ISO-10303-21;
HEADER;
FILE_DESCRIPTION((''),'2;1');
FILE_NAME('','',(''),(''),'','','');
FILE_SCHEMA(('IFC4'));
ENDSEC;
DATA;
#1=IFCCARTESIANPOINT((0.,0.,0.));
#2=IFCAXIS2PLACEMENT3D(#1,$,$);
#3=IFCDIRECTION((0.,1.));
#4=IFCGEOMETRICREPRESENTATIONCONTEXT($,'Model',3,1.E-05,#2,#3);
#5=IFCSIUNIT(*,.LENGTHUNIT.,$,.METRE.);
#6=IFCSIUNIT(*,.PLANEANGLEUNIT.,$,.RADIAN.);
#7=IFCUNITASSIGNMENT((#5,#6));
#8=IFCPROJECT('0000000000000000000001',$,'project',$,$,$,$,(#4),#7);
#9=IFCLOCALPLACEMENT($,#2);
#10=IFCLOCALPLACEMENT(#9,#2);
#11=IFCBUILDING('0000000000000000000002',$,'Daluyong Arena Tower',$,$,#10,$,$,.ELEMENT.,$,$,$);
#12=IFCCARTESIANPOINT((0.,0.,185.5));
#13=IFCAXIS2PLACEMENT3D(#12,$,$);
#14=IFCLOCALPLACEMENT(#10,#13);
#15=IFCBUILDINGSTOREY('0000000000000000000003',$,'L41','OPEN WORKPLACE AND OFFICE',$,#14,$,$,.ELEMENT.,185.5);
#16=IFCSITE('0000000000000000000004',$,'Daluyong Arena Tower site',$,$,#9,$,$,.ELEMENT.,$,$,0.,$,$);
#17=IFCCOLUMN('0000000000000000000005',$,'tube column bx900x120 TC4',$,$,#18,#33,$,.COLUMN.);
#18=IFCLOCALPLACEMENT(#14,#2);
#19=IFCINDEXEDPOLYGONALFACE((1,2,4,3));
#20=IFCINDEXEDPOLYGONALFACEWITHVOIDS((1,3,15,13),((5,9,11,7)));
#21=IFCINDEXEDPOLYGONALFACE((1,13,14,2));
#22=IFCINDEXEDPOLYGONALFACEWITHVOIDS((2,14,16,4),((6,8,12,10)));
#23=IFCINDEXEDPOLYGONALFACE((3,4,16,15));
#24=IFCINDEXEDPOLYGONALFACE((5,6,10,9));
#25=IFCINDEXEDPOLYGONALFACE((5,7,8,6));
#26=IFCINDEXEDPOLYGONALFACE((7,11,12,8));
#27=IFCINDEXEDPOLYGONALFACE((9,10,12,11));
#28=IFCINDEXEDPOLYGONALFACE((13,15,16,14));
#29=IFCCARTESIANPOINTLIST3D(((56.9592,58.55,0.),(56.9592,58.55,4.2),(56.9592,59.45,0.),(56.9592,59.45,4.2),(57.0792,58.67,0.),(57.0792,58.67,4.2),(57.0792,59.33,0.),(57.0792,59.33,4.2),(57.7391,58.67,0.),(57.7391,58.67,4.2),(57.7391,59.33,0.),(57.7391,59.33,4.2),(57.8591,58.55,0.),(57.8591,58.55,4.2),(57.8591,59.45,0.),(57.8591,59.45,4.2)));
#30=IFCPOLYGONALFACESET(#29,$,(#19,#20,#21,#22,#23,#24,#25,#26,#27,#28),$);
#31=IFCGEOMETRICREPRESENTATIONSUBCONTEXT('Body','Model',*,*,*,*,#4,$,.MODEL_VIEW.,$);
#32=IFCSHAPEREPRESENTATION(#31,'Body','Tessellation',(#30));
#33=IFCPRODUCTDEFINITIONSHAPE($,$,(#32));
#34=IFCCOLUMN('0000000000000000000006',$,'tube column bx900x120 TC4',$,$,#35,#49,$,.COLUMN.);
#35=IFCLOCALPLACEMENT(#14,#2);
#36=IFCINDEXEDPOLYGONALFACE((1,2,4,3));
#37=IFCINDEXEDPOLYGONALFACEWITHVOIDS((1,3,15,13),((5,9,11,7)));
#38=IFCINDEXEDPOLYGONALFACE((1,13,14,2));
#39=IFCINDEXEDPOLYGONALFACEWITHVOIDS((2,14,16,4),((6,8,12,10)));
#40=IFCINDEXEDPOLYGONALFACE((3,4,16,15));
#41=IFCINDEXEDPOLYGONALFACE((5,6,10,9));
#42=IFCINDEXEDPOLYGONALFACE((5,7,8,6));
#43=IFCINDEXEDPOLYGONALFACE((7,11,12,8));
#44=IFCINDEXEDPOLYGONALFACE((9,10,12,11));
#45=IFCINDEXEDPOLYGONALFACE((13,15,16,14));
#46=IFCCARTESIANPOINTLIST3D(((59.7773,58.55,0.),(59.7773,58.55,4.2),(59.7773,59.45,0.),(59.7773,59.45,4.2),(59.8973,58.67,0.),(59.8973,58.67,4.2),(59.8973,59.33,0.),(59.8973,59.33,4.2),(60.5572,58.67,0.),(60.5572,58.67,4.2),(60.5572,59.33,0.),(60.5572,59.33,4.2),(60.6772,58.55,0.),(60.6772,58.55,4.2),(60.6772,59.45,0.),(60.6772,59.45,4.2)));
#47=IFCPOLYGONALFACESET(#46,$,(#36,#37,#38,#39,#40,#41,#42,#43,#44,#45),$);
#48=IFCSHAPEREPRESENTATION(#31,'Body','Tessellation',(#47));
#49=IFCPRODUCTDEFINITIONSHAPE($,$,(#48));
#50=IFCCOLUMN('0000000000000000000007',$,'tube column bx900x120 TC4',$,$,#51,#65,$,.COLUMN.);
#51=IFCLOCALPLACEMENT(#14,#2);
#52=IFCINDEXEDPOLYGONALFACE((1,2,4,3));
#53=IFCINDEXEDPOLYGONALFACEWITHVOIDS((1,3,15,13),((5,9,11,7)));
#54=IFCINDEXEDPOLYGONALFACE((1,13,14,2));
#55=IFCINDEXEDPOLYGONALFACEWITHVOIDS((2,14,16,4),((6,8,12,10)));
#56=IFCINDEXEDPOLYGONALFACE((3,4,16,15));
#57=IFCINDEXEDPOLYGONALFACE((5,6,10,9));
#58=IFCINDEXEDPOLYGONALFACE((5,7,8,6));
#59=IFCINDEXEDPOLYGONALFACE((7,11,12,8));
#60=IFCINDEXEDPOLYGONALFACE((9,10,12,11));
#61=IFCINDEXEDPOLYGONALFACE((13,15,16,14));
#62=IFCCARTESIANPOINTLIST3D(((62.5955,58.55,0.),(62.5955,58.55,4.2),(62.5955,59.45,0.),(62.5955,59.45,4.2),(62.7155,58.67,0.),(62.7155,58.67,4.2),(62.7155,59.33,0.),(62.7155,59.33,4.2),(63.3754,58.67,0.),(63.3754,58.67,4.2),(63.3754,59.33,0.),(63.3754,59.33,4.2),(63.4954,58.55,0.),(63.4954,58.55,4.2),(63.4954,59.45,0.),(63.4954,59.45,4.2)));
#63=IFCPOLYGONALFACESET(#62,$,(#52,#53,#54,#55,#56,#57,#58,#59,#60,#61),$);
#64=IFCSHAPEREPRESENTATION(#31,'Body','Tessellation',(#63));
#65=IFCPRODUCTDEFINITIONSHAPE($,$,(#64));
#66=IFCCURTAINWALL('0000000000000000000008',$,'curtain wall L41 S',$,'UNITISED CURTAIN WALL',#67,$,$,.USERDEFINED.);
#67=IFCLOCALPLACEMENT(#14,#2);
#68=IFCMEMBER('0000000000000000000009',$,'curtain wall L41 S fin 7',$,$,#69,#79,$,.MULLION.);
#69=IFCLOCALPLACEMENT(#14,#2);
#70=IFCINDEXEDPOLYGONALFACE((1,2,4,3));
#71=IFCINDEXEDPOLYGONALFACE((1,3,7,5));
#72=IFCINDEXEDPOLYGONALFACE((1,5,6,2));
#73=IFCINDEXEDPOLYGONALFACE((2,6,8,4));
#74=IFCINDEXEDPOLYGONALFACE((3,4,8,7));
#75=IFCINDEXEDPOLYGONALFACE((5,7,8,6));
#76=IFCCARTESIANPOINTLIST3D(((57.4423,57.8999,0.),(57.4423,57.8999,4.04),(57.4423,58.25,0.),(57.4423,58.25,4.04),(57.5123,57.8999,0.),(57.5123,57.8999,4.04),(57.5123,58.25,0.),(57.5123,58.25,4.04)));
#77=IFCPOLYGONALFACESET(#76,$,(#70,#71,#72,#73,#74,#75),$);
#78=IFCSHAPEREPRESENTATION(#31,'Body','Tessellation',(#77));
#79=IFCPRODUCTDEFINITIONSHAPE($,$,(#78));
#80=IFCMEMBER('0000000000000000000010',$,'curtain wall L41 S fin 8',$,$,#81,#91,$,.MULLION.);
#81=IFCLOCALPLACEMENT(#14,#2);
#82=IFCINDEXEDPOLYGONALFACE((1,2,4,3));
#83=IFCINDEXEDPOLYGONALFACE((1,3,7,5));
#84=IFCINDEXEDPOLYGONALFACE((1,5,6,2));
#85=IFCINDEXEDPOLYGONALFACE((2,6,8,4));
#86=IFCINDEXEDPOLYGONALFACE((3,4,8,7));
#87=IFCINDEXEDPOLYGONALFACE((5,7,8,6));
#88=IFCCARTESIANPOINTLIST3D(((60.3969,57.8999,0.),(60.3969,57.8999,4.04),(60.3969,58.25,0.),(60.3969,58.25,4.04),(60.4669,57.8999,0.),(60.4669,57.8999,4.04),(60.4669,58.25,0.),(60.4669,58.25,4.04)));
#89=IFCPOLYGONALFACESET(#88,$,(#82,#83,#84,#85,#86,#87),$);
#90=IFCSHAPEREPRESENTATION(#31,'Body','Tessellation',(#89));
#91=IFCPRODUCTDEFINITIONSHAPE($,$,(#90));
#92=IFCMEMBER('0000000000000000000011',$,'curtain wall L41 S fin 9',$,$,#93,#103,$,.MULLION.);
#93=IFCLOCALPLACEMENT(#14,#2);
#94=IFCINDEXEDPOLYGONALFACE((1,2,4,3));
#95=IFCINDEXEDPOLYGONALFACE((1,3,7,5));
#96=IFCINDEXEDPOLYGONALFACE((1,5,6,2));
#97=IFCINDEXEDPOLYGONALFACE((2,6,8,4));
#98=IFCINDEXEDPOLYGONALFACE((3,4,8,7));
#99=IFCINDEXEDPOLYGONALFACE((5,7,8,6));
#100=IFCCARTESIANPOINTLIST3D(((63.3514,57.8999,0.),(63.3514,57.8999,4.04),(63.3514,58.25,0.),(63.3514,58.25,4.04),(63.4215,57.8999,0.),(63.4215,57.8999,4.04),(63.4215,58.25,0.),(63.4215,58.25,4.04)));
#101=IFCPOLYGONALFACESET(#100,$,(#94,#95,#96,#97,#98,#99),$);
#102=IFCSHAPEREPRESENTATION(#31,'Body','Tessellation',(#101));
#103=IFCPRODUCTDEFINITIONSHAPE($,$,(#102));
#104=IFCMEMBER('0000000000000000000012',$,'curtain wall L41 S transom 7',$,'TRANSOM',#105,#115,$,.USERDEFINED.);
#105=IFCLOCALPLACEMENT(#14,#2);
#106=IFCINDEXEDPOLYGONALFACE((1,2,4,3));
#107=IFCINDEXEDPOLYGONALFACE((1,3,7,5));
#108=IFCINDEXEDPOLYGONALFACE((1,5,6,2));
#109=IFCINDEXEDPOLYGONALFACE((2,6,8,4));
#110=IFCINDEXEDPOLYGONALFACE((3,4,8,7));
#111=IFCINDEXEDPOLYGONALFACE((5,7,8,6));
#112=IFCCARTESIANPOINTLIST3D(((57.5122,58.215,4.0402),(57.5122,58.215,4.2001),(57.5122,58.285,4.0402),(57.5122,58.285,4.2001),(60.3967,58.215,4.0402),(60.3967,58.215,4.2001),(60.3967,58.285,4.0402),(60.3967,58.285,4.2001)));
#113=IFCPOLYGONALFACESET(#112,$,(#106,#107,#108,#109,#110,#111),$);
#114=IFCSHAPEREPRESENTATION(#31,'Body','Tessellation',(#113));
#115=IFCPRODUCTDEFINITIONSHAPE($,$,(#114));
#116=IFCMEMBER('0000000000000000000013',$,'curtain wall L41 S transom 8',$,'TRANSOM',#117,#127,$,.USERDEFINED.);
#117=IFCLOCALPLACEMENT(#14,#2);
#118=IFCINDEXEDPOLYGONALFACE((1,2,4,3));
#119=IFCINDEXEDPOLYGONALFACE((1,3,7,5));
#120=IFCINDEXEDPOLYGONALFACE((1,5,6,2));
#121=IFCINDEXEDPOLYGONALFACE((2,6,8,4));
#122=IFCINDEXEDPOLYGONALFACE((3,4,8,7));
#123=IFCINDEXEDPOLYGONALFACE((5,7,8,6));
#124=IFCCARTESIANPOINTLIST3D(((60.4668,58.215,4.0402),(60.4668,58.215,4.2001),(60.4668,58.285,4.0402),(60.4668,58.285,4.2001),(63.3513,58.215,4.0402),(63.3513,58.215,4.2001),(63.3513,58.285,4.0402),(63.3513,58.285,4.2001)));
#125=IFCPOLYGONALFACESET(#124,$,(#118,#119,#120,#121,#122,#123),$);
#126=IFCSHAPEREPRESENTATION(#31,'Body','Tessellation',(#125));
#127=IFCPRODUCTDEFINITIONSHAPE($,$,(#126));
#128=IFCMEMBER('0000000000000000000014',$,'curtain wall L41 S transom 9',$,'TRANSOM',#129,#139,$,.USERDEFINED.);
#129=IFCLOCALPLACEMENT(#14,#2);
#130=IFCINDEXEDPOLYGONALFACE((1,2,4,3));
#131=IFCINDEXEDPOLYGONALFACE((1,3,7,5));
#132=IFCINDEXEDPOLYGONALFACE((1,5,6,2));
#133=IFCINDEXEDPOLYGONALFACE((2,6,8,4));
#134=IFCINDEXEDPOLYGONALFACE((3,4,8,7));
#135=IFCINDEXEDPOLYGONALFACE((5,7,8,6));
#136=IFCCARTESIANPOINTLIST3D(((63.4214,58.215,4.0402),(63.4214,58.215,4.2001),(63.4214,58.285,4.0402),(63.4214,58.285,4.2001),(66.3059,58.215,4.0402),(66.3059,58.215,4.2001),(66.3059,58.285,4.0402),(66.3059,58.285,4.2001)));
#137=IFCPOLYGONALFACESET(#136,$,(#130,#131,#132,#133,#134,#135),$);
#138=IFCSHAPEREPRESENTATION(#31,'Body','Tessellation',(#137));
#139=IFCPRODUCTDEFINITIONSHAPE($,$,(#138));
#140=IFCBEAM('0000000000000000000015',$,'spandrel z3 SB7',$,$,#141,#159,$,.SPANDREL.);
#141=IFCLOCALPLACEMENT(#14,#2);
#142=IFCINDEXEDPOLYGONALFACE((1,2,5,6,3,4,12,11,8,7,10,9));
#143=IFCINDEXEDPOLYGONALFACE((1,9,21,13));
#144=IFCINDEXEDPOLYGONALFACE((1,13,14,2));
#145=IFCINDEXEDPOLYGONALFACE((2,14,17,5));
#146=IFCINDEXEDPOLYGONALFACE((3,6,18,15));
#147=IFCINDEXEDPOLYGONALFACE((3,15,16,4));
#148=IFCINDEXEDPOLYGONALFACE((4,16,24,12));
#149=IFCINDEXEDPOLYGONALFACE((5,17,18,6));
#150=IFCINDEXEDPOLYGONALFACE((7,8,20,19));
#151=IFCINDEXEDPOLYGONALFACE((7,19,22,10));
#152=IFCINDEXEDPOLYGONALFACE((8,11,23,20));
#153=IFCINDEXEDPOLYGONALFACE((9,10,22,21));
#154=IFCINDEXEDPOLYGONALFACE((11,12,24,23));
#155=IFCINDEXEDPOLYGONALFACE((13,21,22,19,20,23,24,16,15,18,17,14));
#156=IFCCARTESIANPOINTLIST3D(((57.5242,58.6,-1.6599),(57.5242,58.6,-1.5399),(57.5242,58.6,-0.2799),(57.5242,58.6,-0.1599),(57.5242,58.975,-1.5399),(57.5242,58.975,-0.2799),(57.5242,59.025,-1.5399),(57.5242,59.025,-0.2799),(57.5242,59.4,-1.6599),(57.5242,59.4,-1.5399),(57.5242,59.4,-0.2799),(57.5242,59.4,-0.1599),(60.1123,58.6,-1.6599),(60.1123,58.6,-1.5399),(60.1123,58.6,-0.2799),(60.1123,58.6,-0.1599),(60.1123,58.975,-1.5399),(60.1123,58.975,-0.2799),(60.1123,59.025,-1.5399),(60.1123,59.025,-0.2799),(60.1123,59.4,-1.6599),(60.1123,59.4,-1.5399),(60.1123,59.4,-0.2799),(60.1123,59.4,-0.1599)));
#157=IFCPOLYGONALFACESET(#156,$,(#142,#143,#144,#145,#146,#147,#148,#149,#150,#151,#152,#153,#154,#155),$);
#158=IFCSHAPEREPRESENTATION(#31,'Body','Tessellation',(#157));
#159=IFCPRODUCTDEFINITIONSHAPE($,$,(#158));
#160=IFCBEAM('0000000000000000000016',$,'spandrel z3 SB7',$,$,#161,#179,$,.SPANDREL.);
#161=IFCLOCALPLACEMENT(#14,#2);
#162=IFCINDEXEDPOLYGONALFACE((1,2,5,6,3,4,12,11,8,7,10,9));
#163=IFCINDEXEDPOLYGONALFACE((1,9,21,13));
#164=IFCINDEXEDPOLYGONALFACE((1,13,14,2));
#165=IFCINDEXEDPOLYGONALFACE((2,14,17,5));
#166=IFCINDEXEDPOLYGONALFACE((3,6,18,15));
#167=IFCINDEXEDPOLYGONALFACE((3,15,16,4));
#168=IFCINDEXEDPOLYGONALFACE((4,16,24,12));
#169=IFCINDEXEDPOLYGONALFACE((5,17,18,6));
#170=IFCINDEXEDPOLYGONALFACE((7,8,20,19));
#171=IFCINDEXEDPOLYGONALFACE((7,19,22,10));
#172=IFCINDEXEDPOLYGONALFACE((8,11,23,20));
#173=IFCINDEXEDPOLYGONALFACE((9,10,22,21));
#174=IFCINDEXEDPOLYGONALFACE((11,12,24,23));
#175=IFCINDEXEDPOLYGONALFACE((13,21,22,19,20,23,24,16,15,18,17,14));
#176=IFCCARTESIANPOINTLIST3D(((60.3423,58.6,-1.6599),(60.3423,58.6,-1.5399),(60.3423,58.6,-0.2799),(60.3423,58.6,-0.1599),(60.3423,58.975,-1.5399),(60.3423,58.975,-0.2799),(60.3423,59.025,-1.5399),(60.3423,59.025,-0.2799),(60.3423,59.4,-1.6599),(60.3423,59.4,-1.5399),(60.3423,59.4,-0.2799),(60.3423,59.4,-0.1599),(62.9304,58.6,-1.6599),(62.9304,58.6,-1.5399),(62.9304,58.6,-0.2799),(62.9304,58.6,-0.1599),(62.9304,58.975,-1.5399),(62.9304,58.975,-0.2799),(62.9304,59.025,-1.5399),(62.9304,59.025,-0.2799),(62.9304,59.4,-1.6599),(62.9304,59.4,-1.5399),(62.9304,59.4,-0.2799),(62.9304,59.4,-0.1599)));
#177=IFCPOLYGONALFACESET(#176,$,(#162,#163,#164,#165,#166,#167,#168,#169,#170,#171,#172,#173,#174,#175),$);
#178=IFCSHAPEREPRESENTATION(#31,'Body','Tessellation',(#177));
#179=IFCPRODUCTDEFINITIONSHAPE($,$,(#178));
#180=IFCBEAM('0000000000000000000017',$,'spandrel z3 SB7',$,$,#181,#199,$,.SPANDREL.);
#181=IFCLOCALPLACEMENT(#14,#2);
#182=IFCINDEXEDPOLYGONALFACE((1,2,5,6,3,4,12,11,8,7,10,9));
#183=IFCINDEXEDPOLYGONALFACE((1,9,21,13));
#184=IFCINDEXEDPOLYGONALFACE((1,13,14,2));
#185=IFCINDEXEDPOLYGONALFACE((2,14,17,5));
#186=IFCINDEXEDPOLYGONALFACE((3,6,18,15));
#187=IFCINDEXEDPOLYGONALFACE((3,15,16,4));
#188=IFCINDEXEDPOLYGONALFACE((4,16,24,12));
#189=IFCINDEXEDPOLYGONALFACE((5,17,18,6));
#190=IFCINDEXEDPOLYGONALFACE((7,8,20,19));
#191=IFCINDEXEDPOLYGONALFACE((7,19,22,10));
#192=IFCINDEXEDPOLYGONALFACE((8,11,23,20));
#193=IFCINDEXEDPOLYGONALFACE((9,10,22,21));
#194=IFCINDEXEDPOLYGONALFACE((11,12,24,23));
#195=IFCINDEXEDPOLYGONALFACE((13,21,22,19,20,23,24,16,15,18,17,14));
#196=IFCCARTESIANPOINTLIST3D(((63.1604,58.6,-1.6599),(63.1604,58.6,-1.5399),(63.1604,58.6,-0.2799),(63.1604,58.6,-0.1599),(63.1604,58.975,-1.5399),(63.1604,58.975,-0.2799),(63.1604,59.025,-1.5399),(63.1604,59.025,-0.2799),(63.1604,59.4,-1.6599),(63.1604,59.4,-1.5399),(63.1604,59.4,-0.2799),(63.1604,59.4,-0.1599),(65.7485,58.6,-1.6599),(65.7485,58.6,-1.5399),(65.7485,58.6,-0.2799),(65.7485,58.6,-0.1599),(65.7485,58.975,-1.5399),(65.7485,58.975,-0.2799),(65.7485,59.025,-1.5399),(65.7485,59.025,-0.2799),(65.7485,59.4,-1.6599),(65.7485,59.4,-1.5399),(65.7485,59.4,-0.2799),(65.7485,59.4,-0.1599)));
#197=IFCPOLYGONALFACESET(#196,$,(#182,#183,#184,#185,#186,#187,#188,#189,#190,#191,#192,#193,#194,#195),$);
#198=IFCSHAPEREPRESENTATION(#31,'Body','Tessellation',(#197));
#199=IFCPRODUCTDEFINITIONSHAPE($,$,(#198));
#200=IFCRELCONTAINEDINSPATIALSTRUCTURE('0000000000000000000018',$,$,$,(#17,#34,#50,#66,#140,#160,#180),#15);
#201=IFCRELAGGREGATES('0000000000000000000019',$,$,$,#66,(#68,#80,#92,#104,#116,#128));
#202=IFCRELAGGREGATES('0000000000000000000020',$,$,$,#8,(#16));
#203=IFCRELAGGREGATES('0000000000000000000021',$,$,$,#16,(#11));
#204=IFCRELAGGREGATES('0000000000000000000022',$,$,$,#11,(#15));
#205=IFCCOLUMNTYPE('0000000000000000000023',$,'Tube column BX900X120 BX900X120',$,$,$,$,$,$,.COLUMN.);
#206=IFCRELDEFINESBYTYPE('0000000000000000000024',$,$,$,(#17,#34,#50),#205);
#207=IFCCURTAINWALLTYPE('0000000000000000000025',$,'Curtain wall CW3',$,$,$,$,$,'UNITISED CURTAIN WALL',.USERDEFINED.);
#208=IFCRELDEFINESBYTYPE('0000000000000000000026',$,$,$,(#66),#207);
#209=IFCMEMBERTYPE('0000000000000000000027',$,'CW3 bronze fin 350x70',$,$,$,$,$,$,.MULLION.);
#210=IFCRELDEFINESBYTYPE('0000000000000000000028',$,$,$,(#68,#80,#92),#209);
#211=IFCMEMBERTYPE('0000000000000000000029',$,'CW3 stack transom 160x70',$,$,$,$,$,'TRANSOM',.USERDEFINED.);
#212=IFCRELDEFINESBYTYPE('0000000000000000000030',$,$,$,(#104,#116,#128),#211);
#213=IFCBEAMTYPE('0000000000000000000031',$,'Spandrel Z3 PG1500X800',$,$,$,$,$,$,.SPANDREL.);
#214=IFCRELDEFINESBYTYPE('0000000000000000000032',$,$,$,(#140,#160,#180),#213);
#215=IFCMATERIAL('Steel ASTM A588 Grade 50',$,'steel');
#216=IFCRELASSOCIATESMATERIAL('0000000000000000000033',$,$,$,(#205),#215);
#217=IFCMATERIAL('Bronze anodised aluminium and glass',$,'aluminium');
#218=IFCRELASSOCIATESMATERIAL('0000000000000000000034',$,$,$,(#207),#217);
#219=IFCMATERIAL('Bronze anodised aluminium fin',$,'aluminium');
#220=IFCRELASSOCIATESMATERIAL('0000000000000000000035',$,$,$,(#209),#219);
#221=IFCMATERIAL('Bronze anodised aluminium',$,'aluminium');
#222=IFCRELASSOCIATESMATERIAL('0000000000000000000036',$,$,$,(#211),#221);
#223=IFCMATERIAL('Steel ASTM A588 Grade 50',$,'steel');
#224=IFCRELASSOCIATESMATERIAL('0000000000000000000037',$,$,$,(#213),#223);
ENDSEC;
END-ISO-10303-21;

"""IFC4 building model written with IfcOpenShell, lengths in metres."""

from ifc_helpers import new_model, si_unit, direction, frame, origin, origin_2d, place, context, subcontext, project, spatial, rectangle, hollow_rectangle, i_section, extrude, material, material_profile, profile_set, type_object, element, aggregate, save


model = new_model("IFC4")

# Units and contexts
model_context = context("Model", 3, precision=1e-05, world=origin(), true_north=direction((0.0, 1.0)))
body_context = subcontext(model_context, "Body", "Model", "MODEL_VIEW")
ifc_project = project(units=[si_unit("LENGTHUNIT", "METRE"), si_unit("PLANEANGLEUNIT", "RADIAN")], contexts=[model_context])

# Site, building, storey
site_placement = place(None, origin())
site = spatial("IfcSite", under=ifc_project, at=site_placement, Name="Daluyong Arena Tower site", CompositionType="ELEMENT", RefElevation=0.0)
building_placement = place(site_placement, origin())
building = spatial("IfcBuilding", under=site, at=building_placement, Name="Daluyong Arena Tower", CompositionType="ELEMENT")
storey_placement = place(building_placement, frame((0.0, 0.0, 185.5)))
storey = spatial("IfcBuildingStorey", under=building, at=storey_placement, Name="L41", Description="OPEN WORKPLACE AND OFFICE", CompositionType="ELEMENT", Elevation=185.5)

# Columns
ifc_material_1 = material(Name="Steel ASTM A588 Grade 50", Category="steel")
ifc_material_profile_1 = material_profile(ifc_material_1, hollow_rectangle(XDim=0.8999, YDim=0.8999, WallThickness=0.12, at=origin_2d()))
ifc_profile_set_1 = profile_set([ifc_material_profile_1], Name="Steel ASTM A588 Grade 50")
column_type = type_object("IfcColumnType", Name="Tube column BX900X120 BX900X120", PredefinedType="COLUMN", material=ifc_profile_set_1)
for number, where, z_axis, x_axis, name in (
    (1, (57.4092, 59.0, 0.0), (0.0, 0.0, 1.0), (1.0, 0.0, 0.0), "tube column bx900x120 TC4"),
    (2, (60.2273, 59.0, 0.0), (0.0, 0.0, 1.0), (1.0, 0.0, 0.0), "tube column bx900x120 TC4"),
    (3, (63.0454, 59.0, 0.0), (0.0, 0.0, 1.0), (1.0, 0.0, 0.0), "tube column bx900x120 TC4"),
):
    element("IfcColumn", number, at=place(storey_placement, frame(where, z_axis=z_axis, x_axis=x_axis)), inside=storey, type_object=column_type, Name=name, PredefinedType="COLUMN", context=body_context, shape_type="SweptSolid", body=[
        extrude(hollow_rectangle(XDim=0.8999, YDim=0.8999, WallThickness=0.12, at=origin_2d()), origin(), (0.0, 0.0, 1.0), 4.2),
    ])

# Curtain wall, members
ifc_material_2 = material(Name="Bronze anodised aluminium and glass", Category="aluminium")
curtain_wall_type = type_object("IfcCurtainWallType", Name="Curtain wall CW3", ElementType="UNITISED CURTAIN WALL", PredefinedType="USERDEFINED", material=ifc_material_2)
curtain_wall_placement = place(storey_placement, origin())
curtain_wall = element("IfcCurtainWall", 4, at=curtain_wall_placement, inside=storey, type_object=curtain_wall_type, Name="curtain wall L41 S", ObjectType="UNITISED CURTAIN WALL", PredefinedType="USERDEFINED")
ifc_material_3 = material(Name="Bronze anodised aluminium fin", Category="aluminium")
ifc_material_profile_2 = material_profile(ifc_material_3, rectangle(XDim=0.3501, YDim=0.0701, at=origin_2d()))
ifc_profile_set_2 = profile_set([ifc_material_profile_2], Name="Bronze anodised aluminium fin")
member_type_1 = type_object("IfcMemberType", Name="CW3 bronze fin 350x70", PredefinedType="MULLION", material=ifc_profile_set_2)
member_1_placement = place(storey_placement, frame((57.4773, 58.075, 0.0), z_axis=(0.0, 0.0, 1.0), x_axis=(0.0, 1.0, 0.0)))
member_1 = element("IfcMember", 5, at=member_1_placement, type_object=member_type_1, Name="curtain wall L41 S fin 7", PredefinedType="MULLION", context=body_context, shape_type="SweptSolid", body=[
    extrude(rectangle(XDim=0.3501, YDim=0.0701, at=origin_2d()), origin(), (0.0, 0.0, 1.0), 4.04),
])
member_2_placement = place(storey_placement, frame((60.4319, 58.075, 0.0), z_axis=(0.0, 0.0, 1.0), x_axis=(0.0, 1.0, 0.0)))
member_2 = element("IfcMember", 6, at=member_2_placement, type_object=member_type_1, Name="curtain wall L41 S fin 8", PredefinedType="MULLION", context=body_context, shape_type="SweptSolid", body=[
    extrude(rectangle(XDim=0.3501, YDim=0.0701, at=origin_2d()), origin(), (0.0, 0.0, 1.0), 4.04),
])
member_3_placement = place(storey_placement, frame((63.3865, 58.075, 0.0), z_axis=(0.0, 0.0, 1.0), x_axis=(0.0, 1.0, 0.0)))
member_3 = element("IfcMember", 7, at=member_3_placement, type_object=member_type_1, Name="curtain wall L41 S fin 9", PredefinedType="MULLION", context=body_context, shape_type="SweptSolid", body=[
    extrude(rectangle(XDim=0.3501, YDim=0.0701, at=origin_2d()), origin(), (0.0, 0.0, 1.0), 4.04),
])
ifc_material_4 = material(Name="Bronze anodised aluminium", Category="aluminium")
ifc_material_profile_3 = material_profile(ifc_material_4, rectangle(XDim=0.0701, YDim=0.1599, at=origin_2d()))
ifc_profile_set_3 = profile_set([ifc_material_profile_3], Name="Bronze anodised aluminium")
member_type_2 = type_object("IfcMemberType", Name="CW3 stack transom 160x70", ElementType="TRANSOM", PredefinedType="USERDEFINED", material=ifc_profile_set_3)
member_4_placement = place(storey_placement, frame((57.5122, 58.25, 4.1201), z_axis=(1.0, 0.0, 0.0), x_axis=(0.0, 1.0, 0.0)))
member_4 = element("IfcMember", 8, at=member_4_placement, type_object=member_type_2, Name="curtain wall L41 S transom 7", ObjectType="TRANSOM", PredefinedType="USERDEFINED", context=body_context, shape_type="SweptSolid", body=[
    extrude(rectangle(XDim=0.0701, YDim=0.1599, at=origin_2d()), origin(), (0.0, 0.0, 1.0), 2.8845),
])
member_5_placement = place(storey_placement, frame((60.4668, 58.25, 4.1201), z_axis=(1.0, 0.0, 0.0), x_axis=(0.0, 1.0, 0.0)))
member_5 = element("IfcMember", 9, at=member_5_placement, type_object=member_type_2, Name="curtain wall L41 S transom 8", ObjectType="TRANSOM", PredefinedType="USERDEFINED", context=body_context, shape_type="SweptSolid", body=[
    extrude(rectangle(XDim=0.0701, YDim=0.1599, at=origin_2d()), origin(), (0.0, 0.0, 1.0), 2.8845),
])
member_6_placement = place(storey_placement, frame((63.4214, 58.25, 4.1201), z_axis=(1.0, 0.0, 0.0), x_axis=(0.0, 1.0, 0.0)))
member_6 = element("IfcMember", 10, at=member_6_placement, type_object=member_type_2, Name="curtain wall L41 S transom 9", ObjectType="TRANSOM", PredefinedType="USERDEFINED", context=body_context, shape_type="SweptSolid", body=[
    extrude(rectangle(XDim=0.0701, YDim=0.1599, at=origin_2d()), origin(), (0.0, 0.0, 1.0), 2.8845),
])

# Beams
ifc_material_5 = material(Name="Steel ASTM A588 Grade 50", Category="steel")
ifc_material_profile_4 = material_profile(ifc_material_5, i_section(OverallWidth=0.8, OverallDepth=1.5, WebThickness=0.05, FlangeThickness=0.12, at=origin_2d()))
ifc_profile_set_4 = profile_set([ifc_material_profile_4], Name="Steel ASTM A588 Grade 50")
beam_type = type_object("IfcBeamType", Name="Spandrel Z3 PG1500X800", PredefinedType="SPANDREL", material=ifc_profile_set_4)
for number, where, z_axis, x_axis, name in (
    (11, (57.5242, 59.0, -0.9099), (1.0, 0.0, 0.0), (0.0, 1.0, 0.0), "spandrel z3 SB7"),
    (12, (60.3423, 59.0, -0.9099), (1.0, 0.0, 0.0), (0.0, 1.0, 0.0), "spandrel z3 SB7"),
    (13, (63.1604, 59.0, -0.9099), (1.0, 0.0, 0.0), (0.0, 1.0, 0.0), "spandrel z3 SB7"),
):
    element("IfcBeam", number, at=place(storey_placement, frame(where, z_axis=z_axis, x_axis=x_axis)), inside=storey, type_object=beam_type, Name=name, PredefinedType="SPANDREL", context=body_context, shape_type="SweptSolid", body=[
        extrude(i_section(OverallWidth=0.8, OverallDepth=1.5, WebThickness=0.05, FlangeThickness=0.12, at=origin_2d()), origin(), (0.0, 0.0, 1.0), 2.5881),
    ])

aggregate(curtain_wall, [member_1, member_2, member_3, member_4, member_5, member_6])

save(model, "model.ifc")
